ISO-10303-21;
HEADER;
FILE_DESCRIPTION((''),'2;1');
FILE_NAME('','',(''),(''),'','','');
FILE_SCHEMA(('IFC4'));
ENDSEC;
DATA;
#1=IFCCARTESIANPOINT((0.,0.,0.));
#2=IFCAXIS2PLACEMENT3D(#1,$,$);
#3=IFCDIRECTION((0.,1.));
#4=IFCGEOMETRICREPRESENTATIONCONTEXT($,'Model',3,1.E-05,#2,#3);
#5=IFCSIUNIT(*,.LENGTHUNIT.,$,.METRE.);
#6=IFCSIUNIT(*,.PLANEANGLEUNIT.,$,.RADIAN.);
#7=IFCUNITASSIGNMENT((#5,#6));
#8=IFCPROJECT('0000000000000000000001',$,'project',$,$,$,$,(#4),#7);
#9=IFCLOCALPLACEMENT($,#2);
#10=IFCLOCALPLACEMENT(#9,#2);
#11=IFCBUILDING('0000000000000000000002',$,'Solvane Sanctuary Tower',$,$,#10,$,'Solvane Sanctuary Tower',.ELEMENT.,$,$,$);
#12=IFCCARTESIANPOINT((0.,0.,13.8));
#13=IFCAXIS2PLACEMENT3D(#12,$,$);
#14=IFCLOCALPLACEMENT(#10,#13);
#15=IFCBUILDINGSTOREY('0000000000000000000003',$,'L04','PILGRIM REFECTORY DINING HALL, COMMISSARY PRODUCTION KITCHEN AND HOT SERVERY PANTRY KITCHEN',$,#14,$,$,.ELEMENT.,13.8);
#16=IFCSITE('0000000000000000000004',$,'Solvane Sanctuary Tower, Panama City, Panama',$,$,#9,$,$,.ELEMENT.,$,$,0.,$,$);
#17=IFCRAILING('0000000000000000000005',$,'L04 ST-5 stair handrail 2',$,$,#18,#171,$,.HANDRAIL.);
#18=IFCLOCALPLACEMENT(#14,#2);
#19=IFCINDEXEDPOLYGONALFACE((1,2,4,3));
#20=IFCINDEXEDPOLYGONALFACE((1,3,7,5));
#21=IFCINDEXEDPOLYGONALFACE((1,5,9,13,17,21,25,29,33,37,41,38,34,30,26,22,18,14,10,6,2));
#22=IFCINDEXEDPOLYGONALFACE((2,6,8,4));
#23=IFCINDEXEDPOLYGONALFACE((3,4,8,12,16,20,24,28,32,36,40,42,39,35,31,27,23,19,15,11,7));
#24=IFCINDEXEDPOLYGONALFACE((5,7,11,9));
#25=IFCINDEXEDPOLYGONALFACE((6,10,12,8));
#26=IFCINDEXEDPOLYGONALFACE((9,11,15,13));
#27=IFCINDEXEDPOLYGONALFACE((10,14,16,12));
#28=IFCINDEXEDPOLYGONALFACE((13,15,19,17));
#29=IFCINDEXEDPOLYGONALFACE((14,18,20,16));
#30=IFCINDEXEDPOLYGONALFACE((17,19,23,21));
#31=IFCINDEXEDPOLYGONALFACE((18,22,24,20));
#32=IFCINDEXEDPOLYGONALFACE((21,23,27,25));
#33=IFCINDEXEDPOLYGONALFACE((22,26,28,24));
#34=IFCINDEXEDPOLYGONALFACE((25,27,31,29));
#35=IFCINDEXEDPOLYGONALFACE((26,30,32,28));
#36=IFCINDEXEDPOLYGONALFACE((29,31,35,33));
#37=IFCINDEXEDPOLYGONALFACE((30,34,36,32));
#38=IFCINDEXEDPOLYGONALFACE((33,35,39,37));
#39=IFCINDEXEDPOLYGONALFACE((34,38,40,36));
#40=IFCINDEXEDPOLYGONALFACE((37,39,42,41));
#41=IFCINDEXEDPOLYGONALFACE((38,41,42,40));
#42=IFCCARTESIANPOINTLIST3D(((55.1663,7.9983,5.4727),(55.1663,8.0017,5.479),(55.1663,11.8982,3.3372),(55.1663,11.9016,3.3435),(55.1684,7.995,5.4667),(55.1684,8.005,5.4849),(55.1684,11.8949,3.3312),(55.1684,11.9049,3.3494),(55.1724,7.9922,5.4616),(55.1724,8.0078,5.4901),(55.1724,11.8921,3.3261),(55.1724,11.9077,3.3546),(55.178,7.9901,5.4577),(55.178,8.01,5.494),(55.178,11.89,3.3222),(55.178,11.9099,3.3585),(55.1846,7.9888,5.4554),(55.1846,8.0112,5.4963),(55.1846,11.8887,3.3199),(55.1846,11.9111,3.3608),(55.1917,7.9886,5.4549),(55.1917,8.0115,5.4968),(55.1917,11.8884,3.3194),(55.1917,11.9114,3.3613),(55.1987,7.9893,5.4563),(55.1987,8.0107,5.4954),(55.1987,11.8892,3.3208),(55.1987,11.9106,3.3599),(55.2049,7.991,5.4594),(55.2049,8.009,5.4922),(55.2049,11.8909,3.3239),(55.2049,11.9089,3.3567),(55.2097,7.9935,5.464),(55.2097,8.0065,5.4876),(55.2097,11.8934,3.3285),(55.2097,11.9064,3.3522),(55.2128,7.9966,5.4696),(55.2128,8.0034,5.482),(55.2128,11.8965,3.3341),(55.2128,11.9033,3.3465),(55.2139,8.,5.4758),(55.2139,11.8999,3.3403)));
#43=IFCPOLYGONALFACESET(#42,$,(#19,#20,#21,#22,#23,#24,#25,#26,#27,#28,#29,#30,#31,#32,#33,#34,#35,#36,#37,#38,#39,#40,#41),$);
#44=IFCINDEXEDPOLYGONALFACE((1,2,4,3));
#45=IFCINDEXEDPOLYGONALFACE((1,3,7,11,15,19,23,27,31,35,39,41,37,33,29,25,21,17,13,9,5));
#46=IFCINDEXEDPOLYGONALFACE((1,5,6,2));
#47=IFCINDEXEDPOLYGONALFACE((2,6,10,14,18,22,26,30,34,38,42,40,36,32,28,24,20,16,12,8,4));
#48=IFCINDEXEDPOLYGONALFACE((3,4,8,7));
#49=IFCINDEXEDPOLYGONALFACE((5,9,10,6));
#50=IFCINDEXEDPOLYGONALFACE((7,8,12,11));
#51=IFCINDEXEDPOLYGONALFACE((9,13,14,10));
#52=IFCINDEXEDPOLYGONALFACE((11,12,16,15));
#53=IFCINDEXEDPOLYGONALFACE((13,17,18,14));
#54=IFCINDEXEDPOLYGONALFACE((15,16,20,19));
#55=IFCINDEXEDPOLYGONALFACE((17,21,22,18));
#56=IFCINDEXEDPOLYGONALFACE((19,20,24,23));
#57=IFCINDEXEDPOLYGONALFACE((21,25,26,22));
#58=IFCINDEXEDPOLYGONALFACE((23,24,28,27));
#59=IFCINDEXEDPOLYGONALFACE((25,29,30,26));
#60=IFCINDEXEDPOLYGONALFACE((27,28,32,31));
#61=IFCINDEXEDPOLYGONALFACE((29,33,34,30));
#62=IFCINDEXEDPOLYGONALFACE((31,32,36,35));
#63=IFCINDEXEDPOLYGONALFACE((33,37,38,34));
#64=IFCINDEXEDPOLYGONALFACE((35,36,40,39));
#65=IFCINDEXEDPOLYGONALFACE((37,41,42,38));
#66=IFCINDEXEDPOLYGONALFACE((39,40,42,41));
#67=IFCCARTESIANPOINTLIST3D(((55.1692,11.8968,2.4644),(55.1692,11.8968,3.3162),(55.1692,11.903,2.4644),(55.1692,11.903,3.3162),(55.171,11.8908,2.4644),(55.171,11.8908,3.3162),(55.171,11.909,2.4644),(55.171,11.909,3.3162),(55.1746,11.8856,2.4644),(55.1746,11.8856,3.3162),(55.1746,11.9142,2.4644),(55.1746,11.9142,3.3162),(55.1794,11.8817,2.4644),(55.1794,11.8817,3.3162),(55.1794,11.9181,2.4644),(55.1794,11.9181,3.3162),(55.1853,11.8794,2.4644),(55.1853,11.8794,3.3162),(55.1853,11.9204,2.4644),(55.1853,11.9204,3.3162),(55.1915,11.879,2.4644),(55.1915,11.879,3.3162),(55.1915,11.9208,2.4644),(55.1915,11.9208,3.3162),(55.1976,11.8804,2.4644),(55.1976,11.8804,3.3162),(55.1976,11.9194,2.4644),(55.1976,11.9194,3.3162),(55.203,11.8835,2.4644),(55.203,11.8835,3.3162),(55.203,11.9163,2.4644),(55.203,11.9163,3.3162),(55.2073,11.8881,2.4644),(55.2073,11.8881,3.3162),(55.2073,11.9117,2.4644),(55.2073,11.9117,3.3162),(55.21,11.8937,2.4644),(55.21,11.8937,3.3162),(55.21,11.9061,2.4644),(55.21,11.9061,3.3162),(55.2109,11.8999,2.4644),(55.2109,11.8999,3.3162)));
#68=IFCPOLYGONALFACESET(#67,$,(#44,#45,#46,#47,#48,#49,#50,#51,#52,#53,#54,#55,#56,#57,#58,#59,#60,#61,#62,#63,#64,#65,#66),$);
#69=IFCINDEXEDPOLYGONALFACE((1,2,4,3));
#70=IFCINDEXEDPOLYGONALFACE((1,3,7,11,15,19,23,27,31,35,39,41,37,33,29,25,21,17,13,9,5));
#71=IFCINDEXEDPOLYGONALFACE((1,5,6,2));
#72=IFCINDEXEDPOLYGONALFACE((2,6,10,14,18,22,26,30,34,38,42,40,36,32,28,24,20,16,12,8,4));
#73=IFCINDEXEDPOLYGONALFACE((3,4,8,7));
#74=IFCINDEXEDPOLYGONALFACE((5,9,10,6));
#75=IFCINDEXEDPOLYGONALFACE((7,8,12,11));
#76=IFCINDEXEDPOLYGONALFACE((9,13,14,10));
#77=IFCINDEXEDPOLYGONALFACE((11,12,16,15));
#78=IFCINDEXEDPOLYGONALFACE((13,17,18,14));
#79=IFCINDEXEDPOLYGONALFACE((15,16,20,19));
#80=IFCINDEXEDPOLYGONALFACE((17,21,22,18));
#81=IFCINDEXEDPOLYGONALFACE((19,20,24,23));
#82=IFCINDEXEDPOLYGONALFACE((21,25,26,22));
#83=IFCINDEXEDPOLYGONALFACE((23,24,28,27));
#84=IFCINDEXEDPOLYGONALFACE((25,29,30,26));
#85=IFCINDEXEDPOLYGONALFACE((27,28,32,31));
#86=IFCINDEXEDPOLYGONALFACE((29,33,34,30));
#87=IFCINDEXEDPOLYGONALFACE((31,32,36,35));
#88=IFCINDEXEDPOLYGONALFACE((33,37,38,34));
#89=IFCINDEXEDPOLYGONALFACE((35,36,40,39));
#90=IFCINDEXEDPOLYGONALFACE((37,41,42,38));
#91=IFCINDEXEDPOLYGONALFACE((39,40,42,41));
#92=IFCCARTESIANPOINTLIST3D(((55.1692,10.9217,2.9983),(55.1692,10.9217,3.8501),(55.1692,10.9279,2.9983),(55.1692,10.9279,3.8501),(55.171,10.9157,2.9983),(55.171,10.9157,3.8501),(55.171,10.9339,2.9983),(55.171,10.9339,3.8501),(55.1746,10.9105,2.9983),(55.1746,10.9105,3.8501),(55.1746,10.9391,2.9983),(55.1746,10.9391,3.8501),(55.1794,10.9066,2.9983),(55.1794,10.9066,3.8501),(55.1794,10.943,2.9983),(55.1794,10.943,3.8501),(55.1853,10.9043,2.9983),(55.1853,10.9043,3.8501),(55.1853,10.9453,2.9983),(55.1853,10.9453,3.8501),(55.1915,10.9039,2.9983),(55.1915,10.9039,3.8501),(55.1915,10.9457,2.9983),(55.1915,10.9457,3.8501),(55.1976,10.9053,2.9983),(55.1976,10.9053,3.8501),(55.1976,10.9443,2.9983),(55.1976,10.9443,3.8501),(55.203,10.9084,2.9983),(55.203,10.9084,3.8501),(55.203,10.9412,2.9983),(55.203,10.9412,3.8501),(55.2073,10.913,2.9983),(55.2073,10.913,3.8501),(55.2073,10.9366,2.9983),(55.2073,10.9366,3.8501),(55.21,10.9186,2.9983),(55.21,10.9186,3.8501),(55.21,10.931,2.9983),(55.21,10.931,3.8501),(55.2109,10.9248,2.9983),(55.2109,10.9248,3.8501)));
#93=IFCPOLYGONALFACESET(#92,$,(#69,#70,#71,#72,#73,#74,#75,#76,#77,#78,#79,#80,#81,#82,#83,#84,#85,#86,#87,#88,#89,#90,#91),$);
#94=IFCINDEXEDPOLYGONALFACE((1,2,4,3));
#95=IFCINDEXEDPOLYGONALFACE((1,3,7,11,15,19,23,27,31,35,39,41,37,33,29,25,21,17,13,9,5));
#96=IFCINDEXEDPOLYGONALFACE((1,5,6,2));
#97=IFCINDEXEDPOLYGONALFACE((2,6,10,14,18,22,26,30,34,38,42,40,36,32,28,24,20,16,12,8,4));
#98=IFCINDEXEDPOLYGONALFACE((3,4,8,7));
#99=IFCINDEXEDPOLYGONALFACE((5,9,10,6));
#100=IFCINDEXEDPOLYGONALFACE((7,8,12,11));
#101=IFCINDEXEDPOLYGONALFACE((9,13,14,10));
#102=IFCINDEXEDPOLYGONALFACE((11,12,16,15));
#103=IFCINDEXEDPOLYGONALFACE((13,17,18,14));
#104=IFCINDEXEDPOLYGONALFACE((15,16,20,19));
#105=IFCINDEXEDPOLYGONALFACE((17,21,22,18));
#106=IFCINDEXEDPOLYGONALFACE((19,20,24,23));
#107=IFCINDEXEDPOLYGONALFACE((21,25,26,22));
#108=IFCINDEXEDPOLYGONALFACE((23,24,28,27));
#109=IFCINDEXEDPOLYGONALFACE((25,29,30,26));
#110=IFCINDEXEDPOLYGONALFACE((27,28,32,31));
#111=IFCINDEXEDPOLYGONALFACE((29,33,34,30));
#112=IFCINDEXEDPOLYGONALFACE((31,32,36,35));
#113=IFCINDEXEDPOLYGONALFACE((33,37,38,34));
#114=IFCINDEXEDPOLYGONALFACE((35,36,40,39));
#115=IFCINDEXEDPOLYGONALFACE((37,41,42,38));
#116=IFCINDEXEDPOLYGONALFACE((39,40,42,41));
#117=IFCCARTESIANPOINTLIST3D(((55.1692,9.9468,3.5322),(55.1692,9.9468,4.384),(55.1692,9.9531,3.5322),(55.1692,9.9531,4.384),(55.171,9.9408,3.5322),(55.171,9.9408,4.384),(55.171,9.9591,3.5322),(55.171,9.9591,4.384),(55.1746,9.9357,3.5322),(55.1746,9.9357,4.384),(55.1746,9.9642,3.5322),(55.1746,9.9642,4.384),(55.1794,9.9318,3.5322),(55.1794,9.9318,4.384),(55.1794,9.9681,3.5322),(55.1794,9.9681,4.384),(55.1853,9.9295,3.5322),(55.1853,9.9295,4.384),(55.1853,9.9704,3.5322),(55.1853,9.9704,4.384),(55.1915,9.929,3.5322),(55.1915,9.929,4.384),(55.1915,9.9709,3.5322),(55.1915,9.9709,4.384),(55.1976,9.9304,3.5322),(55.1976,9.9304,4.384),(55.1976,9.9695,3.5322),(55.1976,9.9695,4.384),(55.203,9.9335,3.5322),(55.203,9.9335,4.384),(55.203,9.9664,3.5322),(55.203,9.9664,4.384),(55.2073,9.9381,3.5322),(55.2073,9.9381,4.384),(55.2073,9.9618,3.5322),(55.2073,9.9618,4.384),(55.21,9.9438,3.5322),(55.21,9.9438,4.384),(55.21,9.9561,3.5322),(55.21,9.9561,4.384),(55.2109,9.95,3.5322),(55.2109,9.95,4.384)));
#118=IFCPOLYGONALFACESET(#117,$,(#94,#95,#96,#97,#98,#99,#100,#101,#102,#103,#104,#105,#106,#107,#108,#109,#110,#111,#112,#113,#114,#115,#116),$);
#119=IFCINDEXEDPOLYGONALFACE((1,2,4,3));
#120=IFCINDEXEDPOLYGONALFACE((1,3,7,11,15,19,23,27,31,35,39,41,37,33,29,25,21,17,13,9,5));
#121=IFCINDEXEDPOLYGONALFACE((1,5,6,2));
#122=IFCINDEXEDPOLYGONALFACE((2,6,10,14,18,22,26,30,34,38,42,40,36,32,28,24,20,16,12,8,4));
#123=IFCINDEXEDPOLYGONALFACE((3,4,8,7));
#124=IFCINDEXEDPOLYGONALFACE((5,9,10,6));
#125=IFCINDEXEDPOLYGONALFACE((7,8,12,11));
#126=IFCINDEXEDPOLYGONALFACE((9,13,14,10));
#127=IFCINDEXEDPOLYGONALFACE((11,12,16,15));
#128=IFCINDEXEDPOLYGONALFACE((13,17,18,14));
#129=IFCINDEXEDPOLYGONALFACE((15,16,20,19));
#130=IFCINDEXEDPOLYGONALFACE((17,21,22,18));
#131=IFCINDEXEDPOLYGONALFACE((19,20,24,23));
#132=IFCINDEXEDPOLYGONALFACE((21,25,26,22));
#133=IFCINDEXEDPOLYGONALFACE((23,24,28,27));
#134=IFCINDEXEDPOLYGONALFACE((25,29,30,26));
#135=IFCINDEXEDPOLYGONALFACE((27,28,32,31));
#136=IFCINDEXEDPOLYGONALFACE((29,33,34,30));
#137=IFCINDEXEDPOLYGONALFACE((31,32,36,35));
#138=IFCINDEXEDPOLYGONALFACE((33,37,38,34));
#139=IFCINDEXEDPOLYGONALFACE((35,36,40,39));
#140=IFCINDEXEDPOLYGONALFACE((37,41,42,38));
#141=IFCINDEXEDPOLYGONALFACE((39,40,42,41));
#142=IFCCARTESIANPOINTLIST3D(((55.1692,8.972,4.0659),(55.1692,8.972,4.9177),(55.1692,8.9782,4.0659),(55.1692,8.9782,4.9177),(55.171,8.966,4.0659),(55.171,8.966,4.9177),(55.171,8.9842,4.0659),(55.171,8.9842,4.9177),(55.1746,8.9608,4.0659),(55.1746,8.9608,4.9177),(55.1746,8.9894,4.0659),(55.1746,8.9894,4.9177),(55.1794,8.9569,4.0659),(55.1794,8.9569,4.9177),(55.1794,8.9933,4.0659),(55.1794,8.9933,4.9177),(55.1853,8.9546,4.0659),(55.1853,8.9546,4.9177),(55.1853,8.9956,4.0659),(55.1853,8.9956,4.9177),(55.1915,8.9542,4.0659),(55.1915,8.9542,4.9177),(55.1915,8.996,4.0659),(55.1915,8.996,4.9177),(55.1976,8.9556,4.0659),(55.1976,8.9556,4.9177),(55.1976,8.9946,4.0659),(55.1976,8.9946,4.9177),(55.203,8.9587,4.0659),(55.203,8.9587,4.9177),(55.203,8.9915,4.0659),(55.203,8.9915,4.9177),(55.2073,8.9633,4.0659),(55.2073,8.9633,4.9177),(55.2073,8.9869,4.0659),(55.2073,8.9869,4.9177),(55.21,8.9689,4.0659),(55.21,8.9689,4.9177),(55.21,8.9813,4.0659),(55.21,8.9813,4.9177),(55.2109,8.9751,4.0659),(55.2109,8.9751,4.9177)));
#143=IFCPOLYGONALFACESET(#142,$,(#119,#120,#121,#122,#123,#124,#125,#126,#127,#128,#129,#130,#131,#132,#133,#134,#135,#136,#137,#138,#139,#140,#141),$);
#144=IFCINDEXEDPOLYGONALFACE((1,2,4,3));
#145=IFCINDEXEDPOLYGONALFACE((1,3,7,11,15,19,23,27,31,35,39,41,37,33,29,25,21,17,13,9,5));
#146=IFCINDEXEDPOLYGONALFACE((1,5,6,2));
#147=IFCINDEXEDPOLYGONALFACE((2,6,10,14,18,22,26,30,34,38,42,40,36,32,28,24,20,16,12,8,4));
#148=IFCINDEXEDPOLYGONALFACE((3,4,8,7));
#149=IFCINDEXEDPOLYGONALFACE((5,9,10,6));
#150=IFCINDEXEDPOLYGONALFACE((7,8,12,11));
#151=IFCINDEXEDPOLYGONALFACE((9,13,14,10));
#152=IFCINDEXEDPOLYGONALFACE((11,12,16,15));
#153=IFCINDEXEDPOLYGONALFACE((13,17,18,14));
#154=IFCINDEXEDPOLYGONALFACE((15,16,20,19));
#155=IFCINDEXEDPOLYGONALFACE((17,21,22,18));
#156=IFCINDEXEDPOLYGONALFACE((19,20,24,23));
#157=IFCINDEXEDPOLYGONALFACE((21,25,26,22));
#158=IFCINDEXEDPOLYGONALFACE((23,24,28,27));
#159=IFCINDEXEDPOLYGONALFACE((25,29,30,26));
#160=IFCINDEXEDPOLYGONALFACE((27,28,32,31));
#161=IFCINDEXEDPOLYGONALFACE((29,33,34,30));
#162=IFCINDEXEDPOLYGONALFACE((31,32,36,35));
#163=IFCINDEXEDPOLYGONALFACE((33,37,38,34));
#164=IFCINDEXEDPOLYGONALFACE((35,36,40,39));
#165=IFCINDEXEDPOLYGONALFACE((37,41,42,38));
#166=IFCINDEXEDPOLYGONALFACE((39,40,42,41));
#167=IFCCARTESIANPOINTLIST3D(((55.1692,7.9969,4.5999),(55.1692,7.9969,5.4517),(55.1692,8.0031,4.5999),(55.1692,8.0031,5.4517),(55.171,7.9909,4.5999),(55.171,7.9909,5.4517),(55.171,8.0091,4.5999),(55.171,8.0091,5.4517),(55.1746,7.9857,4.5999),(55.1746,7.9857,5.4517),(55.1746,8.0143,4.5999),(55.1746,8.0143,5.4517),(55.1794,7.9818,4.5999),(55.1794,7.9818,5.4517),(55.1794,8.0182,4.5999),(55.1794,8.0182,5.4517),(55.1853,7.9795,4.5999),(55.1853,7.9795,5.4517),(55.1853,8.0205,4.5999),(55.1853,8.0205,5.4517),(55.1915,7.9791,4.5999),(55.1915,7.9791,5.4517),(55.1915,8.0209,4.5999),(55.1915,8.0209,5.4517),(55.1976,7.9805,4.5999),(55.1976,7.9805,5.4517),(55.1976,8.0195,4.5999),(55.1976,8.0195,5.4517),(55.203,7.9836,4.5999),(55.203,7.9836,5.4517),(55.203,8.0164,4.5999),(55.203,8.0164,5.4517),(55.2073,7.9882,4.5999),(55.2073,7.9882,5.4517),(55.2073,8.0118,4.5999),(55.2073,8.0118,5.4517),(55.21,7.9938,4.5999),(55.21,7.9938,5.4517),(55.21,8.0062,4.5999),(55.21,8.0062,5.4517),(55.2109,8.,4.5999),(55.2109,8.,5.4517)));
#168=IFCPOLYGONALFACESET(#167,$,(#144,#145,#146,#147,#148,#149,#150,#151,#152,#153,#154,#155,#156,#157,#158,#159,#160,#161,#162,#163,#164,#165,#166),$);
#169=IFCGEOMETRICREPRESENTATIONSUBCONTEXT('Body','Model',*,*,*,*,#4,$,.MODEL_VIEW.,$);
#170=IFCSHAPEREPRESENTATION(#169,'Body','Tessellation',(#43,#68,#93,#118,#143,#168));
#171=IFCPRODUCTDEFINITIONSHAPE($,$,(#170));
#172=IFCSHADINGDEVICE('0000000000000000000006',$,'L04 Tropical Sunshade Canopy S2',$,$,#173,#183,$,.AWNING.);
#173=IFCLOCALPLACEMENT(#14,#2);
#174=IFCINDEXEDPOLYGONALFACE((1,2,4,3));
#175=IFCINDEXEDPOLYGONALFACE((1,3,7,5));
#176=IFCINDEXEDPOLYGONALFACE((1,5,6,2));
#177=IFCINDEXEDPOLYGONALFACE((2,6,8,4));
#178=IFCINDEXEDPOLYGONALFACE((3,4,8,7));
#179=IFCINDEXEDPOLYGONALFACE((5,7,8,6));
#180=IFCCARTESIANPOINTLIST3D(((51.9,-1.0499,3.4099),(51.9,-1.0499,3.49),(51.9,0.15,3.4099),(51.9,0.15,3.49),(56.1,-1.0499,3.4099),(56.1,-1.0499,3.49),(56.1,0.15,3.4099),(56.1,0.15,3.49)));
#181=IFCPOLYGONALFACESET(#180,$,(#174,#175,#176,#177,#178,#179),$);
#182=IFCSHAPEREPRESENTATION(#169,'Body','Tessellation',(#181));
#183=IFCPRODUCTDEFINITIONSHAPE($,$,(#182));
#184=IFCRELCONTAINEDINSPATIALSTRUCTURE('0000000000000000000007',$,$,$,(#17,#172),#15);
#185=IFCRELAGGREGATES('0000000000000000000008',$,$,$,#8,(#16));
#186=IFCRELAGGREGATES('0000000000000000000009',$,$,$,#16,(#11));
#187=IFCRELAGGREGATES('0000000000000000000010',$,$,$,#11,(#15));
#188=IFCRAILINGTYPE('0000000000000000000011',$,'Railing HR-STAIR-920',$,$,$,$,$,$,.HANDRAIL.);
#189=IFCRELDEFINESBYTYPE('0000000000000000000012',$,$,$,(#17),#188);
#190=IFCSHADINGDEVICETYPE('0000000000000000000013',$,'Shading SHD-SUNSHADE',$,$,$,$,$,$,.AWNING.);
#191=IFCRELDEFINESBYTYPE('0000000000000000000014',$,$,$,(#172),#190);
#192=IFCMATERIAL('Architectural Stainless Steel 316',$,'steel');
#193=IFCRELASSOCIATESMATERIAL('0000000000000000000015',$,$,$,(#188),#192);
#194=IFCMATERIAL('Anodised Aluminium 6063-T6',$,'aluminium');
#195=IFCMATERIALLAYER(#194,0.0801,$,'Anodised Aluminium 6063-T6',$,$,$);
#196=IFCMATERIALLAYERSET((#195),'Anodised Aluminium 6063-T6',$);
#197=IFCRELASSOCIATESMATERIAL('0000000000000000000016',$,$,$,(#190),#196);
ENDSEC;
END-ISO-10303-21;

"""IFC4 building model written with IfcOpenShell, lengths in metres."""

from ifc_helpers import new_model, si_unit, direction, frame, origin, origin_2d, place, context, subcontext, project, spatial, rectangle, circle, extrude, material, layer, layer_set, type_object, element, save


model = new_model("IFC4")

# Units and contexts
model_context = context("Model", 3, precision=1e-05, world=origin(), true_north=direction((0.0, 1.0)))
body_context = subcontext(model_context, "Body", "Model", "MODEL_VIEW")
ifc_project = project(units=[si_unit("LENGTHUNIT", "METRE"), si_unit("PLANEANGLEUNIT", "RADIAN")], contexts=[model_context])

# Site, building, storey
site_placement = place(None, origin())
site = spatial("IfcSite", under=ifc_project, at=site_placement, Name="Solvane Sanctuary Tower, Panama City, Panama", CompositionType="ELEMENT", RefElevation=0.0)
building_placement = place(site_placement, origin())
building = spatial("IfcBuilding", under=site, at=building_placement, Name="Solvane Sanctuary Tower", LongName="Solvane Sanctuary Tower", CompositionType="ELEMENT")
storey_placement = place(building_placement, frame((0.0, 0.0, 13.8)))
storey = spatial("IfcBuildingStorey", under=building, at=storey_placement, Name="L04", Description="PILGRIM REFECTORY DINING HALL, COMMISSARY PRODUCTION KITCHEN AND HOT SERVERY PANTRY KITCHEN", CompositionType="ELEMENT", Elevation=13.8)

# Shared definitions
ifc_material_1 = material(Name="Architectural Stainless Steel 316", Category="steel")

# Railing
railing_type_1 = type_object("IfcRailingType", Name="Railing HR-STAIR-920", PredefinedType="HANDRAIL", material=ifc_material_1)
railing_1_placement = place(storey_placement, frame((55.1899, 11.8999, 2.4644)))
element("IfcRailing", 1, at=railing_1_placement, inside=storey, type_object=railing_type_1, Name="L04 ST-5 stair handrail 2", PredefinedType="HANDRAIL", context=body_context, shape_type="SweptSolid", body=[
    extrude(circle(Radius=0.0239, at=origin_2d()), frame((0.0, 0.0, 0.876), z_axis=(0.0, -0.877112, 0.480286), x_axis=(1.0, 0.0, 0.0)), (0.0, 0.0, 1.0), 4.4463),
    extrude(circle(Radius=0.021, at=origin_2d()), origin(), (0.0, 0.0, 1.0), 0.8518),
    extrude(circle(Radius=0.021, at=origin_2d()), frame((0.0, -0.9751, 0.5339)), (0.0, 0.0, 1.0), 0.8518),
    extrude(circle(Radius=0.021, at=origin_2d()), frame((0.0, -1.95, 1.0679)), (0.0, 0.0, 1.0), 0.8518),
    extrude(circle(Radius=0.021, at=origin_2d()), frame((0.0, -2.9248, 1.6016)), (0.0, 0.0, 1.0), 0.8518),
    extrude(circle(Radius=0.021, at=origin_2d()), frame((0.0, -3.8999, 2.1355)), (0.0, 0.0, 1.0), 0.8518),
])

# Shading device
ifc_material_2 = material(Name="Anodised Aluminium 6063-T6", Category="aluminium")
ifc_layer_1 = layer(ifc_material_2, 0.0801, Name="Anodised Aluminium 6063-T6")
ifc_layer_set_1 = layer_set([ifc_layer_1], Name="Anodised Aluminium 6063-T6")
shading_device_type = type_object("IfcShadingDeviceType", Name="Shading SHD-SUNSHADE", PredefinedType="AWNING", material=ifc_layer_set_1)
shading_device_placement = place(storey_placement, frame((54.0, -0.45, 3.4099), z_axis=(0.0, 0.0, 1.0), x_axis=(1.0, 0.0, 0.0)))
element("IfcShadingDevice", 2, at=shading_device_placement, inside=storey, type_object=shading_device_type, Name="L04 Tropical Sunshade Canopy S2", PredefinedType="AWNING", context=body_context, shape_type="SweptSolid", body=[
    extrude(rectangle(XDim=4.2, YDim=1.2, at=origin_2d()), origin(), (0.0, 0.0, 1.0), 0.0801),
])

save(model, "model.ifc")
